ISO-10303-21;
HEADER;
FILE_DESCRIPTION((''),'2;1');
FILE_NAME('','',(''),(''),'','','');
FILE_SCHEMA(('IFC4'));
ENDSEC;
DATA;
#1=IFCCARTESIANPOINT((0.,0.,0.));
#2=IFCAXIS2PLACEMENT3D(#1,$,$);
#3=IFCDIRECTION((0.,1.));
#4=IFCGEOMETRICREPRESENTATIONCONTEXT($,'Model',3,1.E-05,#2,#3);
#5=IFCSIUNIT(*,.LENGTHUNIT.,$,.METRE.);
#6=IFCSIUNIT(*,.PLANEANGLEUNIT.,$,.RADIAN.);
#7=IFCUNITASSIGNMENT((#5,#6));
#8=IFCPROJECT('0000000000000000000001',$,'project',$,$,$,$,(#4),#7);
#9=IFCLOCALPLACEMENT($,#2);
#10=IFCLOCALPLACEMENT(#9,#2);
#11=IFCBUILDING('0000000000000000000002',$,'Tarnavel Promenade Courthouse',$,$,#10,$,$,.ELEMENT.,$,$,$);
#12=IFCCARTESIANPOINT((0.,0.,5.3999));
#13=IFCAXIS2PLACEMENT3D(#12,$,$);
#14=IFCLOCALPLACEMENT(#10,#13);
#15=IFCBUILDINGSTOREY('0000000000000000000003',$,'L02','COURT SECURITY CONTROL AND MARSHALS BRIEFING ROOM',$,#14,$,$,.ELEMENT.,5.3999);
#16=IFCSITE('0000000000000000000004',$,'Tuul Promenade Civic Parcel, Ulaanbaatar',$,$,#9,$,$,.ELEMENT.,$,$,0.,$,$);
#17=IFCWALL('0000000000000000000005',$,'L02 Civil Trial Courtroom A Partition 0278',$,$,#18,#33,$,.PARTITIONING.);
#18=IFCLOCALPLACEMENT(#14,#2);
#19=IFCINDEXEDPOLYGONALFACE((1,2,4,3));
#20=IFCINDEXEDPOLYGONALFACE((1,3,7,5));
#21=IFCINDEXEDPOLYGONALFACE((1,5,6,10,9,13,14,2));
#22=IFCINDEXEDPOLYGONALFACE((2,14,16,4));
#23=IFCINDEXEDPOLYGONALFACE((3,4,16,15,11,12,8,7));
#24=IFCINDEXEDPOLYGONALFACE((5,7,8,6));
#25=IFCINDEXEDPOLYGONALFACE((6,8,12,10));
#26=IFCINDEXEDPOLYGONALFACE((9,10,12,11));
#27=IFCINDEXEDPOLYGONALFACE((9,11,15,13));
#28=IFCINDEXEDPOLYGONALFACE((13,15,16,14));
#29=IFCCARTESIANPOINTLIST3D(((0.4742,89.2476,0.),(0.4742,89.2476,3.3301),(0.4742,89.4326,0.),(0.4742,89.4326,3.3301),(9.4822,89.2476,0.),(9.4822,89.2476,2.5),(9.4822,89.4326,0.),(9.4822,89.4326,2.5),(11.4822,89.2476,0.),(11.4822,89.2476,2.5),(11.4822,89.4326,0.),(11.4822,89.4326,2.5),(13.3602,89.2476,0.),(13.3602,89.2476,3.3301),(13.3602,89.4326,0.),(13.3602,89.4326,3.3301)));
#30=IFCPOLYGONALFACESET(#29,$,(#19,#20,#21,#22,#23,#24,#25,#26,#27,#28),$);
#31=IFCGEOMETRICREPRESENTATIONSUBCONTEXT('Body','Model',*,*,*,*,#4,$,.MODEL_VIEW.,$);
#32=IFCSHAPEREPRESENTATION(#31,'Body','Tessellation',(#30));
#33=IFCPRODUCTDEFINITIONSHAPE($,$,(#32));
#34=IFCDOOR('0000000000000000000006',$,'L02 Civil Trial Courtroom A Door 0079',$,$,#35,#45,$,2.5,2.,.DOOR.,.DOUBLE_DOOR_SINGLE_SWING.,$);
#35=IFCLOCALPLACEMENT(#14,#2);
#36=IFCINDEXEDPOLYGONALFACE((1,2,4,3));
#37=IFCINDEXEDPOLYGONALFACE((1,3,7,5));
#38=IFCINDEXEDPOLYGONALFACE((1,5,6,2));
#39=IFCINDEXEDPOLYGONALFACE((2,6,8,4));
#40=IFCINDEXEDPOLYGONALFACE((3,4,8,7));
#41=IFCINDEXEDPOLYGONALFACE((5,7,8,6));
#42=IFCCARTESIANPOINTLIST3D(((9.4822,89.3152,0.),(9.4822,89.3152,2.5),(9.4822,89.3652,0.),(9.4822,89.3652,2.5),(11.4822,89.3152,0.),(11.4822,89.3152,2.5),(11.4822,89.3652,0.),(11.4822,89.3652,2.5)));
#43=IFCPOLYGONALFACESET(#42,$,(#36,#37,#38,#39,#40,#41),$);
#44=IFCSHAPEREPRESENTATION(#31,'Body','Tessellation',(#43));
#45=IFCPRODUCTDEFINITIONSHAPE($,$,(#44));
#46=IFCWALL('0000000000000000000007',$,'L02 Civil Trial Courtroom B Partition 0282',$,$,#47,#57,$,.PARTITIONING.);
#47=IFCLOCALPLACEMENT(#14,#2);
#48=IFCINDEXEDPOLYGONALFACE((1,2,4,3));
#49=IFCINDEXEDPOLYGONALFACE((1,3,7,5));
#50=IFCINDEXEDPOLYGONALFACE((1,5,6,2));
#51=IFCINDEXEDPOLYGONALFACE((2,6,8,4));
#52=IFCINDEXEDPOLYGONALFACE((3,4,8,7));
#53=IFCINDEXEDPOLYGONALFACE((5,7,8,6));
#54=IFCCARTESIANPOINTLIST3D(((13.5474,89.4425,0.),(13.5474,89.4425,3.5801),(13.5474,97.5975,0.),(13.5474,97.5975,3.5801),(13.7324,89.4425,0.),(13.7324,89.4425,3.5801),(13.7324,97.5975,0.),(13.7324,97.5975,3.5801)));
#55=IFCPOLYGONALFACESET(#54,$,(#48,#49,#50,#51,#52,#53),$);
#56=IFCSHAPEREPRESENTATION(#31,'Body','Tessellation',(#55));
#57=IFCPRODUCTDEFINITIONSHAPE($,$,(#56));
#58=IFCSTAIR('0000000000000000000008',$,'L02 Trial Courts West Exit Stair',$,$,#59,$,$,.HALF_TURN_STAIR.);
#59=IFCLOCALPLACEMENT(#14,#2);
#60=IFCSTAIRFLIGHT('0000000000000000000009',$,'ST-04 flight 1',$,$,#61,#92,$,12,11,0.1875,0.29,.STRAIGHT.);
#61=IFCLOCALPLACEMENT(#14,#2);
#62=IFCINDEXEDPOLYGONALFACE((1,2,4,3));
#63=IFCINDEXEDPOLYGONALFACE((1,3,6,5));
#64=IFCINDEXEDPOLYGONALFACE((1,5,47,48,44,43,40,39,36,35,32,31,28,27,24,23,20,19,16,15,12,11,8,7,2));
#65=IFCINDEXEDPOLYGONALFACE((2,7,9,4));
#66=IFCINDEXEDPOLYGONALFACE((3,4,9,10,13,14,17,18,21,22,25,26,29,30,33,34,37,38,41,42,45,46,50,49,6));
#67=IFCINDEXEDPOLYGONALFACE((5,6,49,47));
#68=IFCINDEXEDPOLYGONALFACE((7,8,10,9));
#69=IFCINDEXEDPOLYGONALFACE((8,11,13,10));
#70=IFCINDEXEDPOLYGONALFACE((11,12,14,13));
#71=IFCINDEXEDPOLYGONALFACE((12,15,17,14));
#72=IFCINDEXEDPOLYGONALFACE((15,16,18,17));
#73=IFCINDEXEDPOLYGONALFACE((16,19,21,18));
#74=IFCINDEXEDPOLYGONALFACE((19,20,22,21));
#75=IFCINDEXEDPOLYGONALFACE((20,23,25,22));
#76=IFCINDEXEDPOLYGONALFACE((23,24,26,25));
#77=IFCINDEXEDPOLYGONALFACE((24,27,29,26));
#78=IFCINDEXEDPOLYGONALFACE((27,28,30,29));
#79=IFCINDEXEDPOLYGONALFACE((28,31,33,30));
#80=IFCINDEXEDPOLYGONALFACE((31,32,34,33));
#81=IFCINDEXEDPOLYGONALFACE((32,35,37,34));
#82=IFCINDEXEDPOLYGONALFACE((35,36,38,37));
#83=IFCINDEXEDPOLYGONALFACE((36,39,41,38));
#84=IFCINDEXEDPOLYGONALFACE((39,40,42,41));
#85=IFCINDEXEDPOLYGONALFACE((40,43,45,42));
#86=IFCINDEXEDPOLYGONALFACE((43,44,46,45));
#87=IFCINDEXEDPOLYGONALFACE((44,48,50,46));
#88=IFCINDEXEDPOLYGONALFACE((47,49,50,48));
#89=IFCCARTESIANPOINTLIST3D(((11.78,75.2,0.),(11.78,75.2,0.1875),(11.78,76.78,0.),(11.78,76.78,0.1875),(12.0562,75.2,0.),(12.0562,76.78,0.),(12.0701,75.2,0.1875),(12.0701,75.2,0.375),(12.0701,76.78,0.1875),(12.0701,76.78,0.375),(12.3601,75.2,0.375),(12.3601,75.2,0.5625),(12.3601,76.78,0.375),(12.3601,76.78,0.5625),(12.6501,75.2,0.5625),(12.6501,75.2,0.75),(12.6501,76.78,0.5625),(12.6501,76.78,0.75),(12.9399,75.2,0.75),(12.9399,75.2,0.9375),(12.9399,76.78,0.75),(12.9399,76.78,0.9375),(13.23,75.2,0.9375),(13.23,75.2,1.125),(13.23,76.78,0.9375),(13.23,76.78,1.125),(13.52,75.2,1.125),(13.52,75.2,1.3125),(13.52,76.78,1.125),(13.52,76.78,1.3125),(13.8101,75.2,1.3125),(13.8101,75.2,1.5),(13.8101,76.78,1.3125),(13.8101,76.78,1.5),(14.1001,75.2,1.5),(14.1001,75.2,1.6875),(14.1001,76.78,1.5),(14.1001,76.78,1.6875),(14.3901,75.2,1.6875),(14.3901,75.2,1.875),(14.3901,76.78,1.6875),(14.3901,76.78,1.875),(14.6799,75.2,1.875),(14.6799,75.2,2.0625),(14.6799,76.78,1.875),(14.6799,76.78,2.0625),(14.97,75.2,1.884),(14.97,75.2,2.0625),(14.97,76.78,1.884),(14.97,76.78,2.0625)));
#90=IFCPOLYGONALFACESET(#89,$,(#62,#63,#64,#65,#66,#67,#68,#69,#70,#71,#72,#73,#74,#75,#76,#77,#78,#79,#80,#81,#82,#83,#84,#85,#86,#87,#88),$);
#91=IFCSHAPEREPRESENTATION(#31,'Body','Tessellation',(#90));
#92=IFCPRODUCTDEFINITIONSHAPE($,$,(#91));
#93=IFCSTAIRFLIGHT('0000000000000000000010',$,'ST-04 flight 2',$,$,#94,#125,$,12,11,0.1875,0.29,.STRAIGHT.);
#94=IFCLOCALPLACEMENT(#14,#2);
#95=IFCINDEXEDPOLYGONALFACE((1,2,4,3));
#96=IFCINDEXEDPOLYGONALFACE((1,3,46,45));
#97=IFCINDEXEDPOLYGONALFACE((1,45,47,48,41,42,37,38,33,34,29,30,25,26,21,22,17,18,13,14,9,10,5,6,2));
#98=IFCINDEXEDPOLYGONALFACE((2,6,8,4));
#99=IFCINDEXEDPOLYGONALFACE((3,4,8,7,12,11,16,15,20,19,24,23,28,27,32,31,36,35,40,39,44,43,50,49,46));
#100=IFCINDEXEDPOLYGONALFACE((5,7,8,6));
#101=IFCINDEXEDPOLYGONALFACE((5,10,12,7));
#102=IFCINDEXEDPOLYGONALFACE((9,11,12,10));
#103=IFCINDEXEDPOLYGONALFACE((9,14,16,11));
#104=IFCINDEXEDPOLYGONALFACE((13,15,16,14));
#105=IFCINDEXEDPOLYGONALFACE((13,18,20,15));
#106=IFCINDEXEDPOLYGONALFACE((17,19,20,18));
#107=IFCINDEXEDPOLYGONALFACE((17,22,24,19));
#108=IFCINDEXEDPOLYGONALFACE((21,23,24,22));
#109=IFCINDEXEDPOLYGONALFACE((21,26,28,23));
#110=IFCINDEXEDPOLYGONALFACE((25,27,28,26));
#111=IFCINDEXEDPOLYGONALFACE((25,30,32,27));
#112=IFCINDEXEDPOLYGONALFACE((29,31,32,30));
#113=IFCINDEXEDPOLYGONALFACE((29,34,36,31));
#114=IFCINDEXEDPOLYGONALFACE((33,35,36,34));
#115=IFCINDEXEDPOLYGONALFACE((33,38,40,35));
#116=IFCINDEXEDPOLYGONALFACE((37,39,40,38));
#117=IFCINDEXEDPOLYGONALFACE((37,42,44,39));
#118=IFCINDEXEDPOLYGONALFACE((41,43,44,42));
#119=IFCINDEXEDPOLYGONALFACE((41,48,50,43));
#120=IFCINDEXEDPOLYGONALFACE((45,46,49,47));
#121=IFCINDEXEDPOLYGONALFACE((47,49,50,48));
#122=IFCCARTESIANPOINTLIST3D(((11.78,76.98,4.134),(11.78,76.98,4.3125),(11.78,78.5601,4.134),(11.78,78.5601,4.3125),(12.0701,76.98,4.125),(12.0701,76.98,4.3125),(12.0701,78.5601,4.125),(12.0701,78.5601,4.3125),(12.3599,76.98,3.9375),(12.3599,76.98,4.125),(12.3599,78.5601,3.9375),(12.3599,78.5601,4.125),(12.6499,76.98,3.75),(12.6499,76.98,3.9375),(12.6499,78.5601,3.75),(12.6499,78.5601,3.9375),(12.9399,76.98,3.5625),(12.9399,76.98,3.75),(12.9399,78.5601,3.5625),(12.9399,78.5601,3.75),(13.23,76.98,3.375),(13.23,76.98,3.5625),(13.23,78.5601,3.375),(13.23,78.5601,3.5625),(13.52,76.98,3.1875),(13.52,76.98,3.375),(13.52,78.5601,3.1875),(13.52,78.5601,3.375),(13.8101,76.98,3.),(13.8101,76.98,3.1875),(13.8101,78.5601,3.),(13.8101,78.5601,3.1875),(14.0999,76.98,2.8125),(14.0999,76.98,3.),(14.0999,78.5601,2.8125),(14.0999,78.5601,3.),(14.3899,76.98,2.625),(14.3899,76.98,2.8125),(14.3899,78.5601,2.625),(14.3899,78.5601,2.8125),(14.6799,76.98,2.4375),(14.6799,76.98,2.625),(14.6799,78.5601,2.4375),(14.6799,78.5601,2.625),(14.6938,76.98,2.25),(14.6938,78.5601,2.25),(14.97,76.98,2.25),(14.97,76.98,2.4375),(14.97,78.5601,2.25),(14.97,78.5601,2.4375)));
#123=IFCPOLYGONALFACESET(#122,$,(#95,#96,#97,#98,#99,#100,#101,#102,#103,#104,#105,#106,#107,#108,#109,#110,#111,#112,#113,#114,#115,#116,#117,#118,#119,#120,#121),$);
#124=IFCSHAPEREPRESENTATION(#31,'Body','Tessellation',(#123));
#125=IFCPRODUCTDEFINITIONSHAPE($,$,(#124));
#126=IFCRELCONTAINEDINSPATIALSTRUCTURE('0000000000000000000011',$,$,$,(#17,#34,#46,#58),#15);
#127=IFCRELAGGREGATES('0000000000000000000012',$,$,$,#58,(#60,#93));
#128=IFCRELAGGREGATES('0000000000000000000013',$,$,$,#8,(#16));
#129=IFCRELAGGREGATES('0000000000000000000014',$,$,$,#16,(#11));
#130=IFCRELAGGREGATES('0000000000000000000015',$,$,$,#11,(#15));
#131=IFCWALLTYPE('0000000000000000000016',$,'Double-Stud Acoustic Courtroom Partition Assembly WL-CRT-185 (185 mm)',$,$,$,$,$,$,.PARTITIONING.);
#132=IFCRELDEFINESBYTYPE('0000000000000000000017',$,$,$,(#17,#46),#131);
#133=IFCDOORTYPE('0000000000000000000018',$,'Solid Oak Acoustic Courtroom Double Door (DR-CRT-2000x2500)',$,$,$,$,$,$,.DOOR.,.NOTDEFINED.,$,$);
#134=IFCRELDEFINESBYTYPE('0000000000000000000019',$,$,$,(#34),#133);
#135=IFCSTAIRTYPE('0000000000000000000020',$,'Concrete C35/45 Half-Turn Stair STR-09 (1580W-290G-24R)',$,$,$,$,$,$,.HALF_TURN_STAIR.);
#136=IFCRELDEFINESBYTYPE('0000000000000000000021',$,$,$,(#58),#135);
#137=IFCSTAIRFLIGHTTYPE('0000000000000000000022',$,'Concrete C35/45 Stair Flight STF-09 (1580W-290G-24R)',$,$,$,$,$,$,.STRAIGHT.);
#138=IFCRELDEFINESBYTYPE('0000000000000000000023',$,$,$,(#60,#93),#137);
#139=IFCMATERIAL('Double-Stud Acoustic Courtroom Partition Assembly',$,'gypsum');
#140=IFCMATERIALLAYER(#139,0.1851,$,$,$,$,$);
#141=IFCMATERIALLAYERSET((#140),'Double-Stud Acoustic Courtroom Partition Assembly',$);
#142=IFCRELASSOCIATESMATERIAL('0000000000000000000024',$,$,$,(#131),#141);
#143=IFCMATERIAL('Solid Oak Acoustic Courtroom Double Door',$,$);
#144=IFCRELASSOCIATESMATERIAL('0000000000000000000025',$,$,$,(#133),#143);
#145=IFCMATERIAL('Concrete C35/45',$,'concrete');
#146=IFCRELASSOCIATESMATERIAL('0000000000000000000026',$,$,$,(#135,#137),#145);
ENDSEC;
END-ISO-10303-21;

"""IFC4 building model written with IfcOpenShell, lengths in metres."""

from ifc_helpers import new_model, si_unit, direction, frame, frame_2d, origin, place, context, subcontext, project, spatial, polyline, rectangle, outline, extrude, material, layer, layer_set, type_object, element, fill, aggregate, save


model = new_model("IFC4")

# Units and contexts
model_context = context("Model", 3, precision=1e-05, world=origin(), true_north=direction((0.0, 1.0)))
body_context = subcontext(model_context, "Body", "Model", "MODEL_VIEW")
ifc_project = project(units=[si_unit("LENGTHUNIT", "METRE"), si_unit("PLANEANGLEUNIT", "RADIAN")], contexts=[model_context])

# Site, building, storey
site_placement = place(None, origin())
site = spatial("IfcSite", under=ifc_project, at=site_placement, Name="Tuul Promenade Civic Parcel, Ulaanbaatar", CompositionType="ELEMENT", RefElevation=0.0)
building_placement = place(site_placement, origin())
building = spatial("IfcBuilding", under=site, at=building_placement, Name="Tarnavel Promenade Courthouse", CompositionType="ELEMENT")
storey_placement = place(building_placement, frame((0.0, 0.0, 5.3999)))
storey = spatial("IfcBuildingStorey", under=building, at=storey_placement, Name="L02", Description="COURT SECURITY CONTROL AND MARSHALS BRIEFING ROOM", CompositionType="ELEMENT", Elevation=5.3999)

# Wall, opening, door
ifc_material_1 = material(Name="Double-Stud Acoustic Courtroom Partition Assembly", Category="gypsum")
ifc_layer_1 = layer(ifc_material_1, 0.1851)
ifc_layer_set_1 = layer_set([ifc_layer_1], Name="Double-Stud Acoustic Courtroom Partition Assembly")
wall_type_1 = type_object("IfcWallType", Name="Double-Stud Acoustic Courtroom Partition Assembly WL-CRT-185 (185 mm)", PredefinedType="PARTITIONING", material=ifc_layer_set_1)
wall_1_placement = place(storey_placement, frame((13.3601, 89.3401, 0.0), z_axis=(0.0, 0.0, 1.0), x_axis=(-1.0, 0.0, 0.0)))
wall_1 = element("IfcWall", 1, at=wall_1_placement, inside=storey, type_object=wall_type_1, Name="L02 Civil Trial Courtroom A Partition 0278", PredefinedType="PARTITIONING", context=body_context, shape_type="SweptSolid", body=[
    extrude(rectangle(XDim=12.886, YDim=0.1851, at=frame_2d((6.4429, 0.0))), origin(), (0.0, 0.0, 1.0), 3.3301),
])
opening_1_placement = place(wall_1_placement, frame((1.8779, 0.0, 0.0)))
opening_1 = element("IfcOpeningElement", 2, at=opening_1_placement, cuts=wall_1, PredefinedType="OPENING", context=body_context, shape_type="SweptSolid", body=[
    extrude(rectangle(XDim=2.0, YDim=2.5, at=frame_2d((1.0, 1.25))), frame((0.0, 0.1025, 0.0), z_axis=(0.0, -1.0, 0.0), x_axis=(1.0, 0.0, 0.0)), (0.0, 0.0, 1.0), 0.2051),
])
ifc_material_2 = material(Name="Solid Oak Acoustic Courtroom Double Door")
door_type_1 = type_object("IfcDoorType", Name="Solid Oak Acoustic Courtroom Double Door (DR-CRT-2000x2500)", OperationType="NOTDEFINED", PredefinedType="DOOR", material=ifc_material_2)
door_1_placement = place(opening_1_placement, origin())
door_1 = element("IfcDoor", 3, at=door_1_placement, inside=storey, type_object=door_type_1, Name="L02 Civil Trial Courtroom A Door 0079", OperationType="DOUBLE_DOOR_SINGLE_SWING", OverallHeight=2.5, OverallWidth=2.0, PredefinedType="DOOR", context=body_context, shape_type="SweptSolid", body=[
    extrude(rectangle(XDim=2.0, YDim=2.5, at=frame_2d((1.0, 1.25))), frame((0.0, 0.0249, 0.0), z_axis=(0.0, -1.0, 0.0), x_axis=(1.0, 0.0, 0.0)), (0.0, 0.0, 1.0), 0.05),
])
fill(opening_1, door_1)

# Wall
wall_2_placement = place(storey_placement, frame((13.6399, 89.4424, 0.0), z_axis=(0.0, 0.0, 1.0), x_axis=(0.0, 1.0, 0.0)))
element("IfcWall", 4, at=wall_2_placement, inside=storey, type_object=wall_type_1, Name="L02 Civil Trial Courtroom B Partition 0282", PredefinedType="PARTITIONING", context=body_context, shape_type="SweptSolid", body=[
    extrude(rectangle(XDim=8.155, YDim=0.1851, at=frame_2d((4.0776, 0.0))), origin(), (0.0, 0.0, 1.0), 3.5801),
])

# Stair, stair flights
ifc_material_3 = material(Name="Concrete C35/45", Category="concrete")
stair_type = type_object("IfcStairType", Name="Concrete C35/45 Half-Turn Stair STR-09 (1580W-290G-24R)", PredefinedType="HALF_TURN_STAIR", material=ifc_material_3)
stair_placement = place(storey_placement, origin())
stair = element("IfcStair", 5, at=stair_placement, inside=storey, type_object=stair_type, Name="L02 Trial Courts West Exit Stair", PredefinedType="HALF_TURN_STAIR")
stair_flight_type = type_object("IfcStairFlightType", Name="Concrete C35/45 Stair Flight STF-09 (1580W-290G-24R)", PredefinedType="STRAIGHT", material=ifc_material_3)
stair_flight_1_placement = place(storey_placement, frame((11.78, 75.99, 0.0), z_axis=(0.0, 0.0, 1.0), x_axis=(1.0, 0.0, 0.0)))
stair_flight_1 = element("IfcStairFlight", 6, at=stair_flight_1_placement, type_object=stair_flight_type, Name="ST-04 flight 1", NumberOfRisers=12, NumberOfTreads=11, PredefinedType="STRAIGHT", RiserHeight=0.1875, TreadLength=0.29, context=body_context, shape_type="SweptSolid", body=[
    extrude(outline(polyline([(0.0, 0.0), (0.0, 0.1875), (0.29, 0.1875), (0.29, 0.375), (0.5801, 0.375), (0.5801, 0.5625), (0.8701, 0.5625), (0.8701, 0.75), (1.1599, 0.75), (1.1599, 0.9375), (1.45, 0.9375), (1.45, 1.125), (1.74, 1.125), (1.74, 1.3125), (2.03, 1.3125), (2.03, 1.5), (2.3201, 1.5), (2.3201, 1.6875), (2.6101, 1.6875), (2.6101, 1.875), (2.8999, 1.875), (2.8999, 2.0625), (3.1899, 2.0625), (3.1899, 2.25), (3.1899, 1.884), (0.2761, 0.0), (0.0, 0.0)])), frame((0.0, 0.79, 0.0), z_axis=(0.0, -1.0, 0.0), x_axis=(1.0, 0.0, 0.0)), (0.0, 0.0, 1.0), 1.5801),
])
stair_flight_2_placement = place(storey_placement, frame((14.97, 77.77, 2.25), z_axis=(0.0, 0.0, 1.0), x_axis=(-1.0, 0.0, 0.0)))
stair_flight_2 = element("IfcStairFlight", 7, at=stair_flight_2_placement, type_object=stair_flight_type, Name="ST-04 flight 2", NumberOfRisers=12, NumberOfTreads=11, PredefinedType="STRAIGHT", RiserHeight=0.1875, TreadLength=0.29, context=body_context, shape_type="SweptSolid", body=[
    extrude(outline(polyline([(0.0, 0.0), (0.0, 0.1875), (0.29, 0.1875), (0.29, 0.375), (0.5801, 0.375), (0.5801, 0.5625), (0.8701, 0.5625), (0.8701, 0.75), (1.1599, 0.75), (1.1599, 0.9375), (1.45, 0.9375), (1.45, 1.125), (1.74, 1.125), (1.74, 1.3125), (2.03, 1.3125), (2.03, 1.5), (2.3201, 1.5), (2.3201, 1.6875), (2.6101, 1.6875), (2.6101, 1.875), (2.8999, 1.875), (2.8999, 2.0625), (3.1899, 2.0625), (3.1899, 2.25), (3.1899, 1.884), (0.2761, 0.0), (0.0, 0.0)])), frame((0.0, 0.79, 0.0), z_axis=(0.0, -1.0, 0.0), x_axis=(1.0, 0.0, 0.0)), (0.0, 0.0, 1.0), 1.5801),
])
aggregate(stair, [stair_flight_1, stair_flight_2])

save(model, "model.ifc")
